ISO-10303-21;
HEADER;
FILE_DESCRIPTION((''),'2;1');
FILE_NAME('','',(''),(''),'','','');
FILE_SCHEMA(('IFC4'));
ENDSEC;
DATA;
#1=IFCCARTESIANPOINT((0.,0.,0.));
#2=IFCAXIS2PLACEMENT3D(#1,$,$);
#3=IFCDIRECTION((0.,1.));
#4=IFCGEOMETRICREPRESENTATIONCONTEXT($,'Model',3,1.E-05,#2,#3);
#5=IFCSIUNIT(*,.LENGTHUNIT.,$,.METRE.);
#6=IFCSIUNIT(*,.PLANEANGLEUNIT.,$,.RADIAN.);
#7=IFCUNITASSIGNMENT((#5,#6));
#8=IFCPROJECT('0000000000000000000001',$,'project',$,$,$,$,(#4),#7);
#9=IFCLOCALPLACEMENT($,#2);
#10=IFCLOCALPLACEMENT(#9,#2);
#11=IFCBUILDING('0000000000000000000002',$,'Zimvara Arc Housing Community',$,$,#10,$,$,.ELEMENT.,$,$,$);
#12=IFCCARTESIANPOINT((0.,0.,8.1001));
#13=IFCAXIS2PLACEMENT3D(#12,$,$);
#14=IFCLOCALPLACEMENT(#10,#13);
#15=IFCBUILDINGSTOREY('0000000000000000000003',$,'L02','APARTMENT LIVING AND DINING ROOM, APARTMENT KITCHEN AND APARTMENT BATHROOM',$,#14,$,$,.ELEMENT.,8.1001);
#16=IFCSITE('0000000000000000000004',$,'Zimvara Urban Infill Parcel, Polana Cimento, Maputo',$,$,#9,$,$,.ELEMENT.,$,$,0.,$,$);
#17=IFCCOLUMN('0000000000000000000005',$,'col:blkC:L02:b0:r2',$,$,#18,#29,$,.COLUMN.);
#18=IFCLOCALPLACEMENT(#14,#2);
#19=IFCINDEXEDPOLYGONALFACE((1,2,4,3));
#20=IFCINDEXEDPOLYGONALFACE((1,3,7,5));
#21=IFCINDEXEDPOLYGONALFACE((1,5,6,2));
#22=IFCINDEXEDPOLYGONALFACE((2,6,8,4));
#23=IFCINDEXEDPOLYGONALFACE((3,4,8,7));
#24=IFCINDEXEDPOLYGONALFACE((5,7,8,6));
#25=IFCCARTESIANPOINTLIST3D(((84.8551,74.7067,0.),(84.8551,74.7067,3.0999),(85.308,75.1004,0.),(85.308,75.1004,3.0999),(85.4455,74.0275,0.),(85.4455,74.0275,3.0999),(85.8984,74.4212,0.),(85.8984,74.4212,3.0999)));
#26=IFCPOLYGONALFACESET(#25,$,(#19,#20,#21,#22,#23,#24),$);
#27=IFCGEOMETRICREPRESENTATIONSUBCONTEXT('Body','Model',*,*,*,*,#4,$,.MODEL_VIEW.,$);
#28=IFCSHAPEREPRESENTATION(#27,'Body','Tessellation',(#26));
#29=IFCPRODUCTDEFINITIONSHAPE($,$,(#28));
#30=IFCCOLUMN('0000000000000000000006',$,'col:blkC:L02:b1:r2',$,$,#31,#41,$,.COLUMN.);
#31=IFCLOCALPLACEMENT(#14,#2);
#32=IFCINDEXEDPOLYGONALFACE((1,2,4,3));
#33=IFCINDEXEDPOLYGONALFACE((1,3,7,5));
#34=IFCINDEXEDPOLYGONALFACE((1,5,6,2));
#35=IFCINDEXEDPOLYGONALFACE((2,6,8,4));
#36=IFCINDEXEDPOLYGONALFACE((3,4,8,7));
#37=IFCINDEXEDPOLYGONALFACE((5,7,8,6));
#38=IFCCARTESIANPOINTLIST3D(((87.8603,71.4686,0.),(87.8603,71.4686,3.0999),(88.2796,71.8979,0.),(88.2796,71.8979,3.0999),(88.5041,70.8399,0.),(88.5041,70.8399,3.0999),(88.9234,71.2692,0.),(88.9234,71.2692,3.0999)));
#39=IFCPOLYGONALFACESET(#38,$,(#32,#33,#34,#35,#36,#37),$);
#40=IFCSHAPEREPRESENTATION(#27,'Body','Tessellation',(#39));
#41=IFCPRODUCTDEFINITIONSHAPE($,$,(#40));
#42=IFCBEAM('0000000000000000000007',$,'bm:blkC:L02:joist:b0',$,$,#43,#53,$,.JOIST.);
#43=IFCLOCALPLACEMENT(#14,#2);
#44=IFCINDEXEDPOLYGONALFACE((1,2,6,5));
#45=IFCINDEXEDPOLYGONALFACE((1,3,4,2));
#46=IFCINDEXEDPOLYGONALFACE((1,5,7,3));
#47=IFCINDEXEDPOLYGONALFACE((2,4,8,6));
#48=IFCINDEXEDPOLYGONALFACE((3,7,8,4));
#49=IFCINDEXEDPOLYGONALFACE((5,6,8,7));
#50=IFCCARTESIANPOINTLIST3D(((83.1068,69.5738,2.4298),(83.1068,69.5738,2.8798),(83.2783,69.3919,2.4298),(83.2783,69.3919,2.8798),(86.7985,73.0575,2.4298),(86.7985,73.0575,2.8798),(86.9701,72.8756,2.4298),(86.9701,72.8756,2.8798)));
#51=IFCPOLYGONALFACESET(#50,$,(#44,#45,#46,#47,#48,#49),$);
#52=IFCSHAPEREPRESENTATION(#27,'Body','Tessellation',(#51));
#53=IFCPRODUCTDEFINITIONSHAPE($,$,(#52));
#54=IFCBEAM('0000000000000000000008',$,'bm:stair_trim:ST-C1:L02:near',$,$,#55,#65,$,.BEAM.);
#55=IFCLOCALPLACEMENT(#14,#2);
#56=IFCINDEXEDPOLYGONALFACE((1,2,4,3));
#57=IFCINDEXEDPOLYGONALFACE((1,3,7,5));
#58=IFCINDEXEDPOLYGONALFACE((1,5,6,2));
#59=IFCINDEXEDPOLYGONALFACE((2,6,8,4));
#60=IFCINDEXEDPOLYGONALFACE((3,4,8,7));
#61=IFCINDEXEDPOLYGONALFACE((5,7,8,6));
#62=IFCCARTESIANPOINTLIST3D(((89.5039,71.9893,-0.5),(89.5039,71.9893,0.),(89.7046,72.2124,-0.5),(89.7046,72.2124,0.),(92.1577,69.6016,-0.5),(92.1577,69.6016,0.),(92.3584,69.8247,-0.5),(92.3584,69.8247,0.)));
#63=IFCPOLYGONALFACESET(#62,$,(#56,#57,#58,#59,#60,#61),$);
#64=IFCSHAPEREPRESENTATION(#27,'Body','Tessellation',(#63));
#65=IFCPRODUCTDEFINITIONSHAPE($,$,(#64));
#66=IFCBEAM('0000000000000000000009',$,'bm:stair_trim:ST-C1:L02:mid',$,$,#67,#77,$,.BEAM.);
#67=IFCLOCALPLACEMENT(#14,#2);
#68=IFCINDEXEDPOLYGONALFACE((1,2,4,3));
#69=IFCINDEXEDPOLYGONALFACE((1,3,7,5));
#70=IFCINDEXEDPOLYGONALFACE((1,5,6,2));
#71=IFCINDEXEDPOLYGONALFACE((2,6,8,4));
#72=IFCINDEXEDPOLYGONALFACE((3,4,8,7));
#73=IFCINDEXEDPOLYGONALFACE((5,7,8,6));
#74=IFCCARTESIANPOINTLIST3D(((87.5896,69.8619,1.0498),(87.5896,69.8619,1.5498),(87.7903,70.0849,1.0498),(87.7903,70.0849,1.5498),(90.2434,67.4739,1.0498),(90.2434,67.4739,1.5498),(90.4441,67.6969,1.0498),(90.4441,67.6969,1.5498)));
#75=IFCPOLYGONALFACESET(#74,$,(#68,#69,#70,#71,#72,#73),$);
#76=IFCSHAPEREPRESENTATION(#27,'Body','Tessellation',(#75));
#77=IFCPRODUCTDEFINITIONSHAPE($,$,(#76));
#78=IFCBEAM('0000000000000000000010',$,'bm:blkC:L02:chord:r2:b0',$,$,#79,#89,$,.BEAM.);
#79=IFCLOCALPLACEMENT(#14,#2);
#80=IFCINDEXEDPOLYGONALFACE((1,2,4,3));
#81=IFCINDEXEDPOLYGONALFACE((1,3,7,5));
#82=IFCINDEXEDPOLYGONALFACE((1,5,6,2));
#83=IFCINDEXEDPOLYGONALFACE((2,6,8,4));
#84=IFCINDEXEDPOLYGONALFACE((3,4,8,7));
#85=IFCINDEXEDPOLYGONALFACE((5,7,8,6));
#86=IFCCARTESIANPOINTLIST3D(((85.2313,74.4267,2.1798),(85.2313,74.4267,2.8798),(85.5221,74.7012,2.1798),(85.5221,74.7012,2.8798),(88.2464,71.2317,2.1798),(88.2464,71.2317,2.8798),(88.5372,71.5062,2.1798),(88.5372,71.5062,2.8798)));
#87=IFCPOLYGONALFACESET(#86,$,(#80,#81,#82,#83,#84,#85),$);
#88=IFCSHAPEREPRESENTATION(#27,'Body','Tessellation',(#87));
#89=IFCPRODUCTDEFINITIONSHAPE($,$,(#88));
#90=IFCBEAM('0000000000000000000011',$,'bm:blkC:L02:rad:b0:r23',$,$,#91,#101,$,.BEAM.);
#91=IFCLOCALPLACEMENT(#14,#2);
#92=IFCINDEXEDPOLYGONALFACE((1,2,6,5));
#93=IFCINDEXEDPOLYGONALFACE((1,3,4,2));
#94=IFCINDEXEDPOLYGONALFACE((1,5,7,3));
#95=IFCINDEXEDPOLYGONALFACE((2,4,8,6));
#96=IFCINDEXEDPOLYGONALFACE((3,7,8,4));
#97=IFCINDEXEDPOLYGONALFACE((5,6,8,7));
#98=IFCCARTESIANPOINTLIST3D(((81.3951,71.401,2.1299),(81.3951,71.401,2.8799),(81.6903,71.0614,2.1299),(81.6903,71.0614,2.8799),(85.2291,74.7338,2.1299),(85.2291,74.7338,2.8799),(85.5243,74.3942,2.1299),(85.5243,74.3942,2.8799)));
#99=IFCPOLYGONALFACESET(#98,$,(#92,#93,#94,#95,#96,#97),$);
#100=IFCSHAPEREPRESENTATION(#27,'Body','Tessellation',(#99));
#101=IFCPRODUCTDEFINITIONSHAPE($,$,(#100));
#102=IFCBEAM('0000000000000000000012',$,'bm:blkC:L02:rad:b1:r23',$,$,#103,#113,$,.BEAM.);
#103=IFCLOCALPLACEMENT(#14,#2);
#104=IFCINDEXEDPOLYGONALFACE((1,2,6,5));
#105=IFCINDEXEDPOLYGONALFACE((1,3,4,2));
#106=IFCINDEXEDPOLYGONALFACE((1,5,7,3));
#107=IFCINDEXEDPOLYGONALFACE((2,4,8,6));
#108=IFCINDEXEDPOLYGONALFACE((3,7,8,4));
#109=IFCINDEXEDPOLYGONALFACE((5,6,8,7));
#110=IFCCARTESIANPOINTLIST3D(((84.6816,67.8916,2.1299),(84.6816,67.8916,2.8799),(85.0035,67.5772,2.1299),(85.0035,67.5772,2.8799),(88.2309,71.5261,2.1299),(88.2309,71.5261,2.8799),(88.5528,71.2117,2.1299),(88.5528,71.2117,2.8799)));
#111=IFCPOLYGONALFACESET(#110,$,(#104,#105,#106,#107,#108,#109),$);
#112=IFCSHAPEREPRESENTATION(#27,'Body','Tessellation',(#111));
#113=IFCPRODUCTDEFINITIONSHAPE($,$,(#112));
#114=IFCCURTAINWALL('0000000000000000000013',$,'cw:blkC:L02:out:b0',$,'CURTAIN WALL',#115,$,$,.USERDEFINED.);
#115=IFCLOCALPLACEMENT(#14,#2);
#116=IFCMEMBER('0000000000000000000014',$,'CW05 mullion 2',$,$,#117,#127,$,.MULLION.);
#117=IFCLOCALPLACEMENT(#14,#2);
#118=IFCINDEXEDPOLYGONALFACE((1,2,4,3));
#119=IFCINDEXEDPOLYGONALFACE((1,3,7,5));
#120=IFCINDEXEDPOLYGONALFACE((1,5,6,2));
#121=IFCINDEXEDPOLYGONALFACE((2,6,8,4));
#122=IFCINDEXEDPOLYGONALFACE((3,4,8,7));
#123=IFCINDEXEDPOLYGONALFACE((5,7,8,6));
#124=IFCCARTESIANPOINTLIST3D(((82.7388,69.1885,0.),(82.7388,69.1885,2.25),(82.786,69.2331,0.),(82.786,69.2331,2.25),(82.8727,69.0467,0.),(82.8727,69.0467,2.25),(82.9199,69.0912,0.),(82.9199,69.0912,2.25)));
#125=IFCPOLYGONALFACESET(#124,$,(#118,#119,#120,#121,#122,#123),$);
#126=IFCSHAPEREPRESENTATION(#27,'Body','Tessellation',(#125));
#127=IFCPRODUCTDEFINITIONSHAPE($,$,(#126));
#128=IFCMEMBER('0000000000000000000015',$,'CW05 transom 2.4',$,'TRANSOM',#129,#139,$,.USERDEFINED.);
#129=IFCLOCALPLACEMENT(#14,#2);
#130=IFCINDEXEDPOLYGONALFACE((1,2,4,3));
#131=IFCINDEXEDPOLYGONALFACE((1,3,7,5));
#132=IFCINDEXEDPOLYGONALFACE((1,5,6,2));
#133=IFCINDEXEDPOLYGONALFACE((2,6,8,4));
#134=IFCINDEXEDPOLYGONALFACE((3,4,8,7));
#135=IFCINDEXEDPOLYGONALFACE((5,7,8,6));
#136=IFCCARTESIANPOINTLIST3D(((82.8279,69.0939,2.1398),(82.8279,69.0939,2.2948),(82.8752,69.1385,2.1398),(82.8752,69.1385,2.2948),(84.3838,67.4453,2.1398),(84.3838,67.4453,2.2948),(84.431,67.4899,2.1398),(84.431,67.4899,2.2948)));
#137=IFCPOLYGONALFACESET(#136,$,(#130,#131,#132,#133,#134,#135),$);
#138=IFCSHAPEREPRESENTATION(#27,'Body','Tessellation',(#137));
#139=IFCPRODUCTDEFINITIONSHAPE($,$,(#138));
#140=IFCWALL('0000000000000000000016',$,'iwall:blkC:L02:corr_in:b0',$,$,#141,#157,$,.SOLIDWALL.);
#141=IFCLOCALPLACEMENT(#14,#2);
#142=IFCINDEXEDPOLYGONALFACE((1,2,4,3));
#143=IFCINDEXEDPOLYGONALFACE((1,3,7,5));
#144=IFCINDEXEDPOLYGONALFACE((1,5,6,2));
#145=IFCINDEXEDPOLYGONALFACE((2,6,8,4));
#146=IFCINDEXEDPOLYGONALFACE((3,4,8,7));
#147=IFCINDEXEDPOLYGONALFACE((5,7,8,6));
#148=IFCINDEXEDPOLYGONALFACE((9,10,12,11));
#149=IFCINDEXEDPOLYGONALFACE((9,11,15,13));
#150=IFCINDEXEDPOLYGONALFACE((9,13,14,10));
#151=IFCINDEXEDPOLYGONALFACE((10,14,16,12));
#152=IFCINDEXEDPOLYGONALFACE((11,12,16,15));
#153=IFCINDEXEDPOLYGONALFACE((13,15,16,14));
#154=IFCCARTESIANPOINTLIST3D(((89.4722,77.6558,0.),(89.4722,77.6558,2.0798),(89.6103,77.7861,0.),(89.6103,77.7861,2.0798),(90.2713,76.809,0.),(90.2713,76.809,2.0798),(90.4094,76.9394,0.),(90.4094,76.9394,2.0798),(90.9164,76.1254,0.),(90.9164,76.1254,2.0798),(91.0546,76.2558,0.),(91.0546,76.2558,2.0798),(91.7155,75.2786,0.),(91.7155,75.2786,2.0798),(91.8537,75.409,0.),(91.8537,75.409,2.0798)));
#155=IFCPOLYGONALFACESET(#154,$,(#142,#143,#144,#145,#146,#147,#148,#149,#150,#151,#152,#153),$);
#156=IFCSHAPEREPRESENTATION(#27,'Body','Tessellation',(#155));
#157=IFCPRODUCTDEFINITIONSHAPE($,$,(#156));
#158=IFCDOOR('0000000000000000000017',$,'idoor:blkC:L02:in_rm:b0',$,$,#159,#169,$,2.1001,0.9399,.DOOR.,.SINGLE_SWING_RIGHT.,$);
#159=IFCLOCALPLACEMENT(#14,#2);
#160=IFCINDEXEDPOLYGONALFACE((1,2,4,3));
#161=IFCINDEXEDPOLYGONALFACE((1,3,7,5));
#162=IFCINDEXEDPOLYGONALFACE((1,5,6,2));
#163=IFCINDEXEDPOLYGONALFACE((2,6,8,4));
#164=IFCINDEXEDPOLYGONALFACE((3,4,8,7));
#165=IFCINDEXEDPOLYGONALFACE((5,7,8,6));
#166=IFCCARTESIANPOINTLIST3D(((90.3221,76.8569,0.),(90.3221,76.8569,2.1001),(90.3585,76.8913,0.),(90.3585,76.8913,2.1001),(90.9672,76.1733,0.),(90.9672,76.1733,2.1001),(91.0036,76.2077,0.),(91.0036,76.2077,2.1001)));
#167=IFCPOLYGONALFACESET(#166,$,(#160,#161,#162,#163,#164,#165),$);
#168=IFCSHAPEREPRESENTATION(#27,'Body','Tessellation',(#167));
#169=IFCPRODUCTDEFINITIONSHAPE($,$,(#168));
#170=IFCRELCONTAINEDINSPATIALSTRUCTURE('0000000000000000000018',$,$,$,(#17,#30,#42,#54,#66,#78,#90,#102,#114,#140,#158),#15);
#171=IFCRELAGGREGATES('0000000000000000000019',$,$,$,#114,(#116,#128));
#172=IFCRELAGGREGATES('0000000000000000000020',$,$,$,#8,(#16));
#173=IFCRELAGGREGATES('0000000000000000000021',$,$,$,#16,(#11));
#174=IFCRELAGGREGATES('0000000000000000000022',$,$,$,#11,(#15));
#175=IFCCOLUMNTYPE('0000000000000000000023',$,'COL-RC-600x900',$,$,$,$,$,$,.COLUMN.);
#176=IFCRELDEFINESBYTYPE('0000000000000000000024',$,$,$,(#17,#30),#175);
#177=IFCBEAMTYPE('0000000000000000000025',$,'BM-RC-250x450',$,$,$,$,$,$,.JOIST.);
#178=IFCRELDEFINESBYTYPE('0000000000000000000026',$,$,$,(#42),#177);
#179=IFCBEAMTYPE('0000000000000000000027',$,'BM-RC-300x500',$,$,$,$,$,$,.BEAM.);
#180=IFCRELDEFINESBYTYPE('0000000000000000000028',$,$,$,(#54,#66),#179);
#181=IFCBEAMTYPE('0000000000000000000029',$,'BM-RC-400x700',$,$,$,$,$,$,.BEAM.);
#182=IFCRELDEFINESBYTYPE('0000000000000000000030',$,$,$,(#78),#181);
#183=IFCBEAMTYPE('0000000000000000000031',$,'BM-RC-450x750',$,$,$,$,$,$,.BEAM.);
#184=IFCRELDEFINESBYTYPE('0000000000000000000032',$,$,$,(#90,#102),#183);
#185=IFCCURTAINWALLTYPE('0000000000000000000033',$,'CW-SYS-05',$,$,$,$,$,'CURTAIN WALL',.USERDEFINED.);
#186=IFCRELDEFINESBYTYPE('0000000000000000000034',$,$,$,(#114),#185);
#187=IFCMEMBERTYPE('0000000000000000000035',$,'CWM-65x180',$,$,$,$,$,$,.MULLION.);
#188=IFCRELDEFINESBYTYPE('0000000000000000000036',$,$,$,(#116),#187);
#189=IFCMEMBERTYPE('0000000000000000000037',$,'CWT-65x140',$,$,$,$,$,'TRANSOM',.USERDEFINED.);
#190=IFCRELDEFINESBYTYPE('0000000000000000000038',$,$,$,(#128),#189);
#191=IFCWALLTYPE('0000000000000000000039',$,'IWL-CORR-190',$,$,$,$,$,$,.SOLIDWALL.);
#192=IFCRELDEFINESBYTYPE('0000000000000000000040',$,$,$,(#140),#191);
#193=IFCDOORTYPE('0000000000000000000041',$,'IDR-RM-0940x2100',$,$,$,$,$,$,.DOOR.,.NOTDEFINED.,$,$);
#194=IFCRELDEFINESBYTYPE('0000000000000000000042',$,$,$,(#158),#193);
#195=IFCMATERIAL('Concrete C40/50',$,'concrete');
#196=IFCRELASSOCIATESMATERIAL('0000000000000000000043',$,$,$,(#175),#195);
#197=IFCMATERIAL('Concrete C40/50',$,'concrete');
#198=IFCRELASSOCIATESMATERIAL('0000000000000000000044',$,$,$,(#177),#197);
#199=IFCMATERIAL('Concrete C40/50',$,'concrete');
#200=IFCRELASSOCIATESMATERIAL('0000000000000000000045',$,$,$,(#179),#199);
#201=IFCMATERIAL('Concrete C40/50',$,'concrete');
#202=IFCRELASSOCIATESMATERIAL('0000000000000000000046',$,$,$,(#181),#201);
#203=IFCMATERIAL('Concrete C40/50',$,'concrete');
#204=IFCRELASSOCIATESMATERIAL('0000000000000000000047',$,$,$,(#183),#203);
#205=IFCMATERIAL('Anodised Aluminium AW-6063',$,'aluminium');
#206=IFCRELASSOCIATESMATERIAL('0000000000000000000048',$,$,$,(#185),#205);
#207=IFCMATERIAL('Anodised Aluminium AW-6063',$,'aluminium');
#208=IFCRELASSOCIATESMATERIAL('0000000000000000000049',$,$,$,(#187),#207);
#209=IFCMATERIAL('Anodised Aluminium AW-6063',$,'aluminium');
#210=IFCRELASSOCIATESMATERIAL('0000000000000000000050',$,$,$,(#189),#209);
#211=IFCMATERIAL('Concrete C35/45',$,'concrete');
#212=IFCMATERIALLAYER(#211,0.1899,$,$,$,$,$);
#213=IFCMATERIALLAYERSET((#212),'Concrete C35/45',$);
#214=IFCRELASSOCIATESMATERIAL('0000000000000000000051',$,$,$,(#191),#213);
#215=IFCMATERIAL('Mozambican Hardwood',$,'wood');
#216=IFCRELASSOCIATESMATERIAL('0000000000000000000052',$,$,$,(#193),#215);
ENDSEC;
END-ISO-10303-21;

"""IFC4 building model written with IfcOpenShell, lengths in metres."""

from ifc_helpers import new_model, si_unit, direction, frame, frame_2d, origin, origin_2d, place, context, subcontext, project, spatial, rectangle, extrude, material, layer, layer_set, material_profile, profile_set, type_object, element, fill, aggregate, save


model = new_model("IFC4")

# Units and contexts
model_context = context("Model", 3, precision=1e-05, world=origin(), true_north=direction((0.0, 1.0)))
body_context = subcontext(model_context, "Body", "Model", "MODEL_VIEW")
ifc_project = project(units=[si_unit("LENGTHUNIT", "METRE"), si_unit("PLANEANGLEUNIT", "RADIAN")], contexts=[model_context])

# Site, building, storey
site_placement = place(None, origin())
site = spatial("IfcSite", under=ifc_project, at=site_placement, Name="Zimvara Urban Infill Parcel, Polana Cimento, Maputo", CompositionType="ELEMENT", RefElevation=0.0)
building_placement = place(site_placement, origin())
building = spatial("IfcBuilding", under=site, at=building_placement, Name="Zimvara Arc Housing Community", CompositionType="ELEMENT")
storey_placement = place(building_placement, frame((0.0, 0.0, 8.1001)))
storey = spatial("IfcBuildingStorey", under=building, at=storey_placement, Name="L02", Description="APARTMENT LIVING AND DINING ROOM, APARTMENT KITCHEN AND APARTMENT BATHROOM", CompositionType="ELEMENT", Elevation=8.1001)

# Columns
ifc_material_1 = material(Name="Concrete C40/50", Category="concrete")
ifc_material_profile_1 = material_profile(ifc_material_1, rectangle(XDim=0.6001, YDim=0.8999, at=origin_2d()), Name="RC 600x900")
ifc_profile_set_1 = profile_set([ifc_material_profile_1], Name="Concrete C40/50")
column_type = type_object("IfcColumnType", Name="COL-RC-600x900", PredefinedType="COLUMN", material=ifc_profile_set_1)
for number, where, z_axis, x_axis, name in (
    (1, (85.3767, 74.564, 0.0), (0.0, 0.0, 1.0), (-0.75471, -0.656059, 0.0), "col:blkC:L02:b0:r2"),
    (2, (88.3918, 71.3689, 0.0), (0.0, 0.0, 1.0), (-0.698665, -0.715449, 0.0), "col:blkC:L02:b1:r2"),
):
    element("IfcColumn", number, at=place(storey_placement, frame(where, z_axis=z_axis, x_axis=x_axis)), inside=storey, type_object=column_type, Name=name, PredefinedType="COLUMN", context=body_context, shape_type="SweptSolid", body=[
        extrude(rectangle(XDim=0.6001, YDim=0.8999, at=origin_2d()), origin(), (0.0, 0.0, 1.0), 3.0999),
    ])

# Beams
ifc_material_2 = material(Name="Concrete C40/50", Category="concrete")
ifc_material_profile_2 = material_profile(ifc_material_2, rectangle(XDim=0.25, YDim=0.45, at=origin_2d()), Name="RC 250x450")
ifc_profile_set_2 = profile_set([ifc_material_profile_2], Name="Concrete C40/50")
beam_type_1 = type_object("IfcBeamType", Name="BM-RC-250x450", PredefinedType="JOIST", material=ifc_profile_set_2)
beam_1_placement = place(storey_placement, frame((86.8843, 72.9666, 2.6548), z_axis=(-0.7273, -0.68632, 0.0), x_axis=(0.68632, -0.7273, 0.0)))
element("IfcBeam", 3, at=beam_1_placement, inside=storey, type_object=beam_type_1, Name="bm:blkC:L02:joist:b0", PredefinedType="JOIST", context=body_context, shape_type="SweptSolid", body=[
    extrude(rectangle(XDim=0.25, YDim=0.45, at=origin_2d()), origin(), (0.0, 0.0, 1.0), 5.0759),
])
ifc_material_3 = material(Name="Concrete C40/50", Category="concrete")
ifc_material_profile_3 = material_profile(ifc_material_3, rectangle(XDim=0.3, YDim=0.5, at=origin_2d()), Name="RC 300x500")
ifc_profile_set_3 = profile_set([ifc_material_profile_3], Name="Concrete C40/50")
beam_type_2 = type_object("IfcBeamType", Name="BM-RC-300x500", PredefinedType="BEAM", material=ifc_profile_set_3)
beam_2_placement = place(storey_placement, frame((89.6042, 72.1008, -0.25), z_axis=(0.743396, -0.668851, 0.0), x_axis=(0.668851, 0.743396, 0.0)))
element("IfcBeam", 4, at=beam_2_placement, inside=storey, type_object=beam_type_2, Name="bm:stair_trim:ST-C1:L02:near", PredefinedType="BEAM", context=body_context, shape_type="SweptSolid", body=[
    extrude(rectangle(XDim=0.3, YDim=0.5, at=origin_2d()), origin(), (0.0, 0.0, 1.0), 3.5698),
])
beam_3_placement = place(storey_placement, frame((87.6899, 69.9734, 1.2998), z_axis=(0.743362, -0.668889, 0.0), x_axis=(0.668889, 0.743362, 0.0)))
element("IfcBeam", 5, at=beam_3_placement, inside=storey, type_object=beam_type_2, Name="bm:stair_trim:ST-C1:L02:mid", PredefinedType="BEAM", context=body_context, shape_type="SweptSolid", body=[
    extrude(rectangle(XDim=0.3, YDim=0.5, at=origin_2d()), origin(), (0.0, 0.0, 1.0), 3.5701),
])
ifc_material_4 = material(Name="Concrete C40/50", Category="concrete")
ifc_material_profile_4 = material_profile(ifc_material_4, rectangle(XDim=0.3999, YDim=0.7, at=origin_2d()), Name="RC 400x700")
ifc_profile_set_4 = profile_set([ifc_material_profile_4], Name="Concrete C40/50")
beam_type_3 = type_object("IfcBeamType", Name="BM-RC-400x700", PredefinedType="BEAM", material=ifc_profile_set_4)
beam_4_placement = place(storey_placement, frame((85.3767, 74.564, 2.5298), z_axis=(0.686331, -0.727289, 0.0), x_axis=(0.727289, 0.686331, 0.0)))
element("IfcBeam", 6, at=beam_4_placement, inside=storey, type_object=beam_type_3, Name="bm:blkC:L02:chord:r2:b0", PredefinedType="BEAM", context=body_context, shape_type="SweptSolid", body=[
    extrude(rectangle(XDim=0.3999, YDim=0.7, at=origin_2d()), origin(), (0.0, 0.0, 1.0), 4.3931),
])
ifc_material_5 = material(Name="Concrete C40/50", Category="concrete")
ifc_material_profile_5 = material_profile(ifc_material_5, rectangle(XDim=0.45, YDim=0.75, at=origin_2d()), Name="RC 450x750")
ifc_profile_set_5 = profile_set([ifc_material_profile_5], Name="Concrete C40/50")
beam_type_4 = type_object("IfcBeamType", Name="BM-RC-450x750", PredefinedType="BEAM", material=ifc_profile_set_5)
for number, where, z_axis, x_axis, name in (
    (7, (85.3767, 74.564, 2.5049), (-0.754716, -0.656051, 0.0), (0.656051, -0.754716, 0.0), "bm:blkC:L02:rad:b0:r23"),
    (8, (88.3918, 71.3689, 2.5049), (-0.698671, -0.715443, 0.0), (0.715443, -0.698671, 0.0), "bm:blkC:L02:rad:b1:r23"),
):
    element("IfcBeam", number, at=place(storey_placement, frame(where, z_axis=z_axis, x_axis=x_axis)), inside=storey, type_object=beam_type_4, Name=name, PredefinedType="BEAM", context=body_context, shape_type="SweptSolid", body=[
        extrude(rectangle(XDim=0.45, YDim=0.75, at=origin_2d()), origin(), (0.0, 0.0, 1.0), 5.0801),
    ])

# Curtain wall, members
ifc_material_6 = material(Name="Anodised Aluminium AW-6063", Category="aluminium")
curtain_wall_type = type_object("IfcCurtainWallType", Name="CW-SYS-05", ElementType="CURTAIN WALL", PredefinedType="USERDEFINED", material=ifc_material_6)
curtain_wall_placement = place(storey_placement, origin())
curtain_wall = element("IfcCurtainWall", 9, at=curtain_wall_placement, inside=storey, type_object=curtain_wall_type, Name="cw:blkC:L02:out:b0", ObjectType="CURTAIN WALL", PredefinedType="USERDEFINED")
ifc_material_7 = material(Name="Anodised Aluminium AW-6063", Category="aluminium")
ifc_material_profile_6 = material_profile(ifc_material_7, rectangle(XDim=0.0649, YDim=0.1951, at=origin_2d()), Name="ALU 65x195")
ifc_profile_set_6 = profile_set([ifc_material_profile_6], Name="Anodised Aluminium AW-6063")
member_type_1 = type_object("IfcMemberType", Name="CWM-65x180", PredefinedType="MULLION", material=ifc_profile_set_6)
member_1_placement = place(storey_placement, frame((82.8293, 69.1399, 0.0), z_axis=(0.0, 0.0, 1.0), x_axis=(0.727294, 0.686326, 0.0)))
member_1 = element("IfcMember", 10, at=member_1_placement, type_object=member_type_1, Name="CW05 mullion 2", PredefinedType="MULLION", context=body_context, shape_type="SweptSolid", body=[
    extrude(rectangle(XDim=0.0649, YDim=0.1951, at=origin_2d()), origin(), (0.0, 0.0, 1.0), 2.25),
])
ifc_material_8 = material(Name="Anodised Aluminium AW-6063", Category="aluminium")
ifc_material_profile_7 = material_profile(ifc_material_8, rectangle(XDim=0.0649, YDim=0.155, at=origin_2d()), Name="ALU 65x155")
ifc_profile_set_7 = profile_set([ifc_material_profile_7], Name="Anodised Aluminium AW-6063")
member_type_2 = type_object("IfcMemberType", Name="CWT-65x140", ElementType="TRANSOM", PredefinedType="USERDEFINED", material=ifc_profile_set_7)
member_2_placement = place(storey_placement, frame((82.8516, 69.1162, 2.2173), z_axis=(0.686348, -0.727273, 0.0), x_axis=(0.727273, 0.686348, 0.0)))
member_2 = element("IfcMember", 11, at=member_2_placement, type_object=member_type_2, Name="CW05 transom 2.4", ObjectType="TRANSOM", PredefinedType="USERDEFINED", context=body_context, shape_type="SweptSolid", body=[
    extrude(rectangle(XDim=0.0649, YDim=0.155, at=origin_2d()), origin(), (0.0, 0.0, 1.0), 2.2668),
])
aggregate(curtain_wall, [member_1, member_2])

# Wall, opening, door
ifc_material_9 = material(Name="Concrete C35/45", Category="concrete")
ifc_layer_1 = layer(ifc_material_9, 0.1899)
ifc_layer_set_1 = layer_set([ifc_layer_1], Name="Concrete C35/45")
wall_type_1 = type_object("IfcWallType", Name="IWL-CORR-190", PredefinedType="SOLIDWALL", material=ifc_layer_set_1)
wall_1_placement = place(storey_placement, frame((89.5413, 77.7209, 0.0), z_axis=(0.0, 0.0, 1.0), x_axis=(0.686345, -0.727276, 0.0)))
wall_1 = element("IfcWall", 12, at=wall_1_placement, inside=storey, type_object=wall_type_1, Name="iwall:blkC:L02:corr_in:b0", PredefinedType="SOLIDWALL", context=body_context, shape_type="SweptSolid", body=[
    extrude(rectangle(XDim=3.2686, YDim=0.1899, at=frame_2d((1.6343, 0.0))), origin(), (0.0, 0.0, 1.0), 2.0798),
])
opening_1_placement = place(wall_1_placement, frame((1.1643, 0.0, 0.0)))
opening_1 = element("IfcOpeningElement", 13, at=opening_1_placement, cuts=wall_1, PredefinedType="OPENING", context=body_context, shape_type="SweptSolid", body=[
    extrude(rectangle(XDim=0.9399, YDim=2.1001, at=frame_2d((0.47, 1.05))), frame((0.0, 0.105, 0.0), z_axis=(0.0, -1.0, 0.0), x_axis=(1.0, 0.0, 0.0)), (0.0, 0.0, 1.0), 0.21),
])
ifc_material_10 = material(Name="Mozambican Hardwood", Category="wood")
door_type_1 = type_object("IfcDoorType", Name="IDR-RM-0940x2100", OperationType="NOTDEFINED", PredefinedType="DOOR", material=ifc_material_10)
door_1_placement = place(opening_1_placement, origin())
door_1 = element("IfcDoor", 14, at=door_1_placement, inside=storey, type_object=door_type_1, Name="idoor:blkC:L02:in_rm:b0", OperationType="SINGLE_SWING_RIGHT", OverallHeight=2.1001, OverallWidth=0.9399, PredefinedType="DOOR", context=body_context, shape_type="SweptSolid", body=[
    extrude(rectangle(XDim=0.9399, YDim=2.1001, at=frame_2d((0.47, 1.05))), frame((0.0, 0.0249, 0.0), z_axis=(0.0, -1.0, 0.0), x_axis=(1.0, 0.0, 0.0)), (0.0, 0.0, 1.0), 0.05),
])
fill(opening_1, door_1)

save(model, "model.ifc")
